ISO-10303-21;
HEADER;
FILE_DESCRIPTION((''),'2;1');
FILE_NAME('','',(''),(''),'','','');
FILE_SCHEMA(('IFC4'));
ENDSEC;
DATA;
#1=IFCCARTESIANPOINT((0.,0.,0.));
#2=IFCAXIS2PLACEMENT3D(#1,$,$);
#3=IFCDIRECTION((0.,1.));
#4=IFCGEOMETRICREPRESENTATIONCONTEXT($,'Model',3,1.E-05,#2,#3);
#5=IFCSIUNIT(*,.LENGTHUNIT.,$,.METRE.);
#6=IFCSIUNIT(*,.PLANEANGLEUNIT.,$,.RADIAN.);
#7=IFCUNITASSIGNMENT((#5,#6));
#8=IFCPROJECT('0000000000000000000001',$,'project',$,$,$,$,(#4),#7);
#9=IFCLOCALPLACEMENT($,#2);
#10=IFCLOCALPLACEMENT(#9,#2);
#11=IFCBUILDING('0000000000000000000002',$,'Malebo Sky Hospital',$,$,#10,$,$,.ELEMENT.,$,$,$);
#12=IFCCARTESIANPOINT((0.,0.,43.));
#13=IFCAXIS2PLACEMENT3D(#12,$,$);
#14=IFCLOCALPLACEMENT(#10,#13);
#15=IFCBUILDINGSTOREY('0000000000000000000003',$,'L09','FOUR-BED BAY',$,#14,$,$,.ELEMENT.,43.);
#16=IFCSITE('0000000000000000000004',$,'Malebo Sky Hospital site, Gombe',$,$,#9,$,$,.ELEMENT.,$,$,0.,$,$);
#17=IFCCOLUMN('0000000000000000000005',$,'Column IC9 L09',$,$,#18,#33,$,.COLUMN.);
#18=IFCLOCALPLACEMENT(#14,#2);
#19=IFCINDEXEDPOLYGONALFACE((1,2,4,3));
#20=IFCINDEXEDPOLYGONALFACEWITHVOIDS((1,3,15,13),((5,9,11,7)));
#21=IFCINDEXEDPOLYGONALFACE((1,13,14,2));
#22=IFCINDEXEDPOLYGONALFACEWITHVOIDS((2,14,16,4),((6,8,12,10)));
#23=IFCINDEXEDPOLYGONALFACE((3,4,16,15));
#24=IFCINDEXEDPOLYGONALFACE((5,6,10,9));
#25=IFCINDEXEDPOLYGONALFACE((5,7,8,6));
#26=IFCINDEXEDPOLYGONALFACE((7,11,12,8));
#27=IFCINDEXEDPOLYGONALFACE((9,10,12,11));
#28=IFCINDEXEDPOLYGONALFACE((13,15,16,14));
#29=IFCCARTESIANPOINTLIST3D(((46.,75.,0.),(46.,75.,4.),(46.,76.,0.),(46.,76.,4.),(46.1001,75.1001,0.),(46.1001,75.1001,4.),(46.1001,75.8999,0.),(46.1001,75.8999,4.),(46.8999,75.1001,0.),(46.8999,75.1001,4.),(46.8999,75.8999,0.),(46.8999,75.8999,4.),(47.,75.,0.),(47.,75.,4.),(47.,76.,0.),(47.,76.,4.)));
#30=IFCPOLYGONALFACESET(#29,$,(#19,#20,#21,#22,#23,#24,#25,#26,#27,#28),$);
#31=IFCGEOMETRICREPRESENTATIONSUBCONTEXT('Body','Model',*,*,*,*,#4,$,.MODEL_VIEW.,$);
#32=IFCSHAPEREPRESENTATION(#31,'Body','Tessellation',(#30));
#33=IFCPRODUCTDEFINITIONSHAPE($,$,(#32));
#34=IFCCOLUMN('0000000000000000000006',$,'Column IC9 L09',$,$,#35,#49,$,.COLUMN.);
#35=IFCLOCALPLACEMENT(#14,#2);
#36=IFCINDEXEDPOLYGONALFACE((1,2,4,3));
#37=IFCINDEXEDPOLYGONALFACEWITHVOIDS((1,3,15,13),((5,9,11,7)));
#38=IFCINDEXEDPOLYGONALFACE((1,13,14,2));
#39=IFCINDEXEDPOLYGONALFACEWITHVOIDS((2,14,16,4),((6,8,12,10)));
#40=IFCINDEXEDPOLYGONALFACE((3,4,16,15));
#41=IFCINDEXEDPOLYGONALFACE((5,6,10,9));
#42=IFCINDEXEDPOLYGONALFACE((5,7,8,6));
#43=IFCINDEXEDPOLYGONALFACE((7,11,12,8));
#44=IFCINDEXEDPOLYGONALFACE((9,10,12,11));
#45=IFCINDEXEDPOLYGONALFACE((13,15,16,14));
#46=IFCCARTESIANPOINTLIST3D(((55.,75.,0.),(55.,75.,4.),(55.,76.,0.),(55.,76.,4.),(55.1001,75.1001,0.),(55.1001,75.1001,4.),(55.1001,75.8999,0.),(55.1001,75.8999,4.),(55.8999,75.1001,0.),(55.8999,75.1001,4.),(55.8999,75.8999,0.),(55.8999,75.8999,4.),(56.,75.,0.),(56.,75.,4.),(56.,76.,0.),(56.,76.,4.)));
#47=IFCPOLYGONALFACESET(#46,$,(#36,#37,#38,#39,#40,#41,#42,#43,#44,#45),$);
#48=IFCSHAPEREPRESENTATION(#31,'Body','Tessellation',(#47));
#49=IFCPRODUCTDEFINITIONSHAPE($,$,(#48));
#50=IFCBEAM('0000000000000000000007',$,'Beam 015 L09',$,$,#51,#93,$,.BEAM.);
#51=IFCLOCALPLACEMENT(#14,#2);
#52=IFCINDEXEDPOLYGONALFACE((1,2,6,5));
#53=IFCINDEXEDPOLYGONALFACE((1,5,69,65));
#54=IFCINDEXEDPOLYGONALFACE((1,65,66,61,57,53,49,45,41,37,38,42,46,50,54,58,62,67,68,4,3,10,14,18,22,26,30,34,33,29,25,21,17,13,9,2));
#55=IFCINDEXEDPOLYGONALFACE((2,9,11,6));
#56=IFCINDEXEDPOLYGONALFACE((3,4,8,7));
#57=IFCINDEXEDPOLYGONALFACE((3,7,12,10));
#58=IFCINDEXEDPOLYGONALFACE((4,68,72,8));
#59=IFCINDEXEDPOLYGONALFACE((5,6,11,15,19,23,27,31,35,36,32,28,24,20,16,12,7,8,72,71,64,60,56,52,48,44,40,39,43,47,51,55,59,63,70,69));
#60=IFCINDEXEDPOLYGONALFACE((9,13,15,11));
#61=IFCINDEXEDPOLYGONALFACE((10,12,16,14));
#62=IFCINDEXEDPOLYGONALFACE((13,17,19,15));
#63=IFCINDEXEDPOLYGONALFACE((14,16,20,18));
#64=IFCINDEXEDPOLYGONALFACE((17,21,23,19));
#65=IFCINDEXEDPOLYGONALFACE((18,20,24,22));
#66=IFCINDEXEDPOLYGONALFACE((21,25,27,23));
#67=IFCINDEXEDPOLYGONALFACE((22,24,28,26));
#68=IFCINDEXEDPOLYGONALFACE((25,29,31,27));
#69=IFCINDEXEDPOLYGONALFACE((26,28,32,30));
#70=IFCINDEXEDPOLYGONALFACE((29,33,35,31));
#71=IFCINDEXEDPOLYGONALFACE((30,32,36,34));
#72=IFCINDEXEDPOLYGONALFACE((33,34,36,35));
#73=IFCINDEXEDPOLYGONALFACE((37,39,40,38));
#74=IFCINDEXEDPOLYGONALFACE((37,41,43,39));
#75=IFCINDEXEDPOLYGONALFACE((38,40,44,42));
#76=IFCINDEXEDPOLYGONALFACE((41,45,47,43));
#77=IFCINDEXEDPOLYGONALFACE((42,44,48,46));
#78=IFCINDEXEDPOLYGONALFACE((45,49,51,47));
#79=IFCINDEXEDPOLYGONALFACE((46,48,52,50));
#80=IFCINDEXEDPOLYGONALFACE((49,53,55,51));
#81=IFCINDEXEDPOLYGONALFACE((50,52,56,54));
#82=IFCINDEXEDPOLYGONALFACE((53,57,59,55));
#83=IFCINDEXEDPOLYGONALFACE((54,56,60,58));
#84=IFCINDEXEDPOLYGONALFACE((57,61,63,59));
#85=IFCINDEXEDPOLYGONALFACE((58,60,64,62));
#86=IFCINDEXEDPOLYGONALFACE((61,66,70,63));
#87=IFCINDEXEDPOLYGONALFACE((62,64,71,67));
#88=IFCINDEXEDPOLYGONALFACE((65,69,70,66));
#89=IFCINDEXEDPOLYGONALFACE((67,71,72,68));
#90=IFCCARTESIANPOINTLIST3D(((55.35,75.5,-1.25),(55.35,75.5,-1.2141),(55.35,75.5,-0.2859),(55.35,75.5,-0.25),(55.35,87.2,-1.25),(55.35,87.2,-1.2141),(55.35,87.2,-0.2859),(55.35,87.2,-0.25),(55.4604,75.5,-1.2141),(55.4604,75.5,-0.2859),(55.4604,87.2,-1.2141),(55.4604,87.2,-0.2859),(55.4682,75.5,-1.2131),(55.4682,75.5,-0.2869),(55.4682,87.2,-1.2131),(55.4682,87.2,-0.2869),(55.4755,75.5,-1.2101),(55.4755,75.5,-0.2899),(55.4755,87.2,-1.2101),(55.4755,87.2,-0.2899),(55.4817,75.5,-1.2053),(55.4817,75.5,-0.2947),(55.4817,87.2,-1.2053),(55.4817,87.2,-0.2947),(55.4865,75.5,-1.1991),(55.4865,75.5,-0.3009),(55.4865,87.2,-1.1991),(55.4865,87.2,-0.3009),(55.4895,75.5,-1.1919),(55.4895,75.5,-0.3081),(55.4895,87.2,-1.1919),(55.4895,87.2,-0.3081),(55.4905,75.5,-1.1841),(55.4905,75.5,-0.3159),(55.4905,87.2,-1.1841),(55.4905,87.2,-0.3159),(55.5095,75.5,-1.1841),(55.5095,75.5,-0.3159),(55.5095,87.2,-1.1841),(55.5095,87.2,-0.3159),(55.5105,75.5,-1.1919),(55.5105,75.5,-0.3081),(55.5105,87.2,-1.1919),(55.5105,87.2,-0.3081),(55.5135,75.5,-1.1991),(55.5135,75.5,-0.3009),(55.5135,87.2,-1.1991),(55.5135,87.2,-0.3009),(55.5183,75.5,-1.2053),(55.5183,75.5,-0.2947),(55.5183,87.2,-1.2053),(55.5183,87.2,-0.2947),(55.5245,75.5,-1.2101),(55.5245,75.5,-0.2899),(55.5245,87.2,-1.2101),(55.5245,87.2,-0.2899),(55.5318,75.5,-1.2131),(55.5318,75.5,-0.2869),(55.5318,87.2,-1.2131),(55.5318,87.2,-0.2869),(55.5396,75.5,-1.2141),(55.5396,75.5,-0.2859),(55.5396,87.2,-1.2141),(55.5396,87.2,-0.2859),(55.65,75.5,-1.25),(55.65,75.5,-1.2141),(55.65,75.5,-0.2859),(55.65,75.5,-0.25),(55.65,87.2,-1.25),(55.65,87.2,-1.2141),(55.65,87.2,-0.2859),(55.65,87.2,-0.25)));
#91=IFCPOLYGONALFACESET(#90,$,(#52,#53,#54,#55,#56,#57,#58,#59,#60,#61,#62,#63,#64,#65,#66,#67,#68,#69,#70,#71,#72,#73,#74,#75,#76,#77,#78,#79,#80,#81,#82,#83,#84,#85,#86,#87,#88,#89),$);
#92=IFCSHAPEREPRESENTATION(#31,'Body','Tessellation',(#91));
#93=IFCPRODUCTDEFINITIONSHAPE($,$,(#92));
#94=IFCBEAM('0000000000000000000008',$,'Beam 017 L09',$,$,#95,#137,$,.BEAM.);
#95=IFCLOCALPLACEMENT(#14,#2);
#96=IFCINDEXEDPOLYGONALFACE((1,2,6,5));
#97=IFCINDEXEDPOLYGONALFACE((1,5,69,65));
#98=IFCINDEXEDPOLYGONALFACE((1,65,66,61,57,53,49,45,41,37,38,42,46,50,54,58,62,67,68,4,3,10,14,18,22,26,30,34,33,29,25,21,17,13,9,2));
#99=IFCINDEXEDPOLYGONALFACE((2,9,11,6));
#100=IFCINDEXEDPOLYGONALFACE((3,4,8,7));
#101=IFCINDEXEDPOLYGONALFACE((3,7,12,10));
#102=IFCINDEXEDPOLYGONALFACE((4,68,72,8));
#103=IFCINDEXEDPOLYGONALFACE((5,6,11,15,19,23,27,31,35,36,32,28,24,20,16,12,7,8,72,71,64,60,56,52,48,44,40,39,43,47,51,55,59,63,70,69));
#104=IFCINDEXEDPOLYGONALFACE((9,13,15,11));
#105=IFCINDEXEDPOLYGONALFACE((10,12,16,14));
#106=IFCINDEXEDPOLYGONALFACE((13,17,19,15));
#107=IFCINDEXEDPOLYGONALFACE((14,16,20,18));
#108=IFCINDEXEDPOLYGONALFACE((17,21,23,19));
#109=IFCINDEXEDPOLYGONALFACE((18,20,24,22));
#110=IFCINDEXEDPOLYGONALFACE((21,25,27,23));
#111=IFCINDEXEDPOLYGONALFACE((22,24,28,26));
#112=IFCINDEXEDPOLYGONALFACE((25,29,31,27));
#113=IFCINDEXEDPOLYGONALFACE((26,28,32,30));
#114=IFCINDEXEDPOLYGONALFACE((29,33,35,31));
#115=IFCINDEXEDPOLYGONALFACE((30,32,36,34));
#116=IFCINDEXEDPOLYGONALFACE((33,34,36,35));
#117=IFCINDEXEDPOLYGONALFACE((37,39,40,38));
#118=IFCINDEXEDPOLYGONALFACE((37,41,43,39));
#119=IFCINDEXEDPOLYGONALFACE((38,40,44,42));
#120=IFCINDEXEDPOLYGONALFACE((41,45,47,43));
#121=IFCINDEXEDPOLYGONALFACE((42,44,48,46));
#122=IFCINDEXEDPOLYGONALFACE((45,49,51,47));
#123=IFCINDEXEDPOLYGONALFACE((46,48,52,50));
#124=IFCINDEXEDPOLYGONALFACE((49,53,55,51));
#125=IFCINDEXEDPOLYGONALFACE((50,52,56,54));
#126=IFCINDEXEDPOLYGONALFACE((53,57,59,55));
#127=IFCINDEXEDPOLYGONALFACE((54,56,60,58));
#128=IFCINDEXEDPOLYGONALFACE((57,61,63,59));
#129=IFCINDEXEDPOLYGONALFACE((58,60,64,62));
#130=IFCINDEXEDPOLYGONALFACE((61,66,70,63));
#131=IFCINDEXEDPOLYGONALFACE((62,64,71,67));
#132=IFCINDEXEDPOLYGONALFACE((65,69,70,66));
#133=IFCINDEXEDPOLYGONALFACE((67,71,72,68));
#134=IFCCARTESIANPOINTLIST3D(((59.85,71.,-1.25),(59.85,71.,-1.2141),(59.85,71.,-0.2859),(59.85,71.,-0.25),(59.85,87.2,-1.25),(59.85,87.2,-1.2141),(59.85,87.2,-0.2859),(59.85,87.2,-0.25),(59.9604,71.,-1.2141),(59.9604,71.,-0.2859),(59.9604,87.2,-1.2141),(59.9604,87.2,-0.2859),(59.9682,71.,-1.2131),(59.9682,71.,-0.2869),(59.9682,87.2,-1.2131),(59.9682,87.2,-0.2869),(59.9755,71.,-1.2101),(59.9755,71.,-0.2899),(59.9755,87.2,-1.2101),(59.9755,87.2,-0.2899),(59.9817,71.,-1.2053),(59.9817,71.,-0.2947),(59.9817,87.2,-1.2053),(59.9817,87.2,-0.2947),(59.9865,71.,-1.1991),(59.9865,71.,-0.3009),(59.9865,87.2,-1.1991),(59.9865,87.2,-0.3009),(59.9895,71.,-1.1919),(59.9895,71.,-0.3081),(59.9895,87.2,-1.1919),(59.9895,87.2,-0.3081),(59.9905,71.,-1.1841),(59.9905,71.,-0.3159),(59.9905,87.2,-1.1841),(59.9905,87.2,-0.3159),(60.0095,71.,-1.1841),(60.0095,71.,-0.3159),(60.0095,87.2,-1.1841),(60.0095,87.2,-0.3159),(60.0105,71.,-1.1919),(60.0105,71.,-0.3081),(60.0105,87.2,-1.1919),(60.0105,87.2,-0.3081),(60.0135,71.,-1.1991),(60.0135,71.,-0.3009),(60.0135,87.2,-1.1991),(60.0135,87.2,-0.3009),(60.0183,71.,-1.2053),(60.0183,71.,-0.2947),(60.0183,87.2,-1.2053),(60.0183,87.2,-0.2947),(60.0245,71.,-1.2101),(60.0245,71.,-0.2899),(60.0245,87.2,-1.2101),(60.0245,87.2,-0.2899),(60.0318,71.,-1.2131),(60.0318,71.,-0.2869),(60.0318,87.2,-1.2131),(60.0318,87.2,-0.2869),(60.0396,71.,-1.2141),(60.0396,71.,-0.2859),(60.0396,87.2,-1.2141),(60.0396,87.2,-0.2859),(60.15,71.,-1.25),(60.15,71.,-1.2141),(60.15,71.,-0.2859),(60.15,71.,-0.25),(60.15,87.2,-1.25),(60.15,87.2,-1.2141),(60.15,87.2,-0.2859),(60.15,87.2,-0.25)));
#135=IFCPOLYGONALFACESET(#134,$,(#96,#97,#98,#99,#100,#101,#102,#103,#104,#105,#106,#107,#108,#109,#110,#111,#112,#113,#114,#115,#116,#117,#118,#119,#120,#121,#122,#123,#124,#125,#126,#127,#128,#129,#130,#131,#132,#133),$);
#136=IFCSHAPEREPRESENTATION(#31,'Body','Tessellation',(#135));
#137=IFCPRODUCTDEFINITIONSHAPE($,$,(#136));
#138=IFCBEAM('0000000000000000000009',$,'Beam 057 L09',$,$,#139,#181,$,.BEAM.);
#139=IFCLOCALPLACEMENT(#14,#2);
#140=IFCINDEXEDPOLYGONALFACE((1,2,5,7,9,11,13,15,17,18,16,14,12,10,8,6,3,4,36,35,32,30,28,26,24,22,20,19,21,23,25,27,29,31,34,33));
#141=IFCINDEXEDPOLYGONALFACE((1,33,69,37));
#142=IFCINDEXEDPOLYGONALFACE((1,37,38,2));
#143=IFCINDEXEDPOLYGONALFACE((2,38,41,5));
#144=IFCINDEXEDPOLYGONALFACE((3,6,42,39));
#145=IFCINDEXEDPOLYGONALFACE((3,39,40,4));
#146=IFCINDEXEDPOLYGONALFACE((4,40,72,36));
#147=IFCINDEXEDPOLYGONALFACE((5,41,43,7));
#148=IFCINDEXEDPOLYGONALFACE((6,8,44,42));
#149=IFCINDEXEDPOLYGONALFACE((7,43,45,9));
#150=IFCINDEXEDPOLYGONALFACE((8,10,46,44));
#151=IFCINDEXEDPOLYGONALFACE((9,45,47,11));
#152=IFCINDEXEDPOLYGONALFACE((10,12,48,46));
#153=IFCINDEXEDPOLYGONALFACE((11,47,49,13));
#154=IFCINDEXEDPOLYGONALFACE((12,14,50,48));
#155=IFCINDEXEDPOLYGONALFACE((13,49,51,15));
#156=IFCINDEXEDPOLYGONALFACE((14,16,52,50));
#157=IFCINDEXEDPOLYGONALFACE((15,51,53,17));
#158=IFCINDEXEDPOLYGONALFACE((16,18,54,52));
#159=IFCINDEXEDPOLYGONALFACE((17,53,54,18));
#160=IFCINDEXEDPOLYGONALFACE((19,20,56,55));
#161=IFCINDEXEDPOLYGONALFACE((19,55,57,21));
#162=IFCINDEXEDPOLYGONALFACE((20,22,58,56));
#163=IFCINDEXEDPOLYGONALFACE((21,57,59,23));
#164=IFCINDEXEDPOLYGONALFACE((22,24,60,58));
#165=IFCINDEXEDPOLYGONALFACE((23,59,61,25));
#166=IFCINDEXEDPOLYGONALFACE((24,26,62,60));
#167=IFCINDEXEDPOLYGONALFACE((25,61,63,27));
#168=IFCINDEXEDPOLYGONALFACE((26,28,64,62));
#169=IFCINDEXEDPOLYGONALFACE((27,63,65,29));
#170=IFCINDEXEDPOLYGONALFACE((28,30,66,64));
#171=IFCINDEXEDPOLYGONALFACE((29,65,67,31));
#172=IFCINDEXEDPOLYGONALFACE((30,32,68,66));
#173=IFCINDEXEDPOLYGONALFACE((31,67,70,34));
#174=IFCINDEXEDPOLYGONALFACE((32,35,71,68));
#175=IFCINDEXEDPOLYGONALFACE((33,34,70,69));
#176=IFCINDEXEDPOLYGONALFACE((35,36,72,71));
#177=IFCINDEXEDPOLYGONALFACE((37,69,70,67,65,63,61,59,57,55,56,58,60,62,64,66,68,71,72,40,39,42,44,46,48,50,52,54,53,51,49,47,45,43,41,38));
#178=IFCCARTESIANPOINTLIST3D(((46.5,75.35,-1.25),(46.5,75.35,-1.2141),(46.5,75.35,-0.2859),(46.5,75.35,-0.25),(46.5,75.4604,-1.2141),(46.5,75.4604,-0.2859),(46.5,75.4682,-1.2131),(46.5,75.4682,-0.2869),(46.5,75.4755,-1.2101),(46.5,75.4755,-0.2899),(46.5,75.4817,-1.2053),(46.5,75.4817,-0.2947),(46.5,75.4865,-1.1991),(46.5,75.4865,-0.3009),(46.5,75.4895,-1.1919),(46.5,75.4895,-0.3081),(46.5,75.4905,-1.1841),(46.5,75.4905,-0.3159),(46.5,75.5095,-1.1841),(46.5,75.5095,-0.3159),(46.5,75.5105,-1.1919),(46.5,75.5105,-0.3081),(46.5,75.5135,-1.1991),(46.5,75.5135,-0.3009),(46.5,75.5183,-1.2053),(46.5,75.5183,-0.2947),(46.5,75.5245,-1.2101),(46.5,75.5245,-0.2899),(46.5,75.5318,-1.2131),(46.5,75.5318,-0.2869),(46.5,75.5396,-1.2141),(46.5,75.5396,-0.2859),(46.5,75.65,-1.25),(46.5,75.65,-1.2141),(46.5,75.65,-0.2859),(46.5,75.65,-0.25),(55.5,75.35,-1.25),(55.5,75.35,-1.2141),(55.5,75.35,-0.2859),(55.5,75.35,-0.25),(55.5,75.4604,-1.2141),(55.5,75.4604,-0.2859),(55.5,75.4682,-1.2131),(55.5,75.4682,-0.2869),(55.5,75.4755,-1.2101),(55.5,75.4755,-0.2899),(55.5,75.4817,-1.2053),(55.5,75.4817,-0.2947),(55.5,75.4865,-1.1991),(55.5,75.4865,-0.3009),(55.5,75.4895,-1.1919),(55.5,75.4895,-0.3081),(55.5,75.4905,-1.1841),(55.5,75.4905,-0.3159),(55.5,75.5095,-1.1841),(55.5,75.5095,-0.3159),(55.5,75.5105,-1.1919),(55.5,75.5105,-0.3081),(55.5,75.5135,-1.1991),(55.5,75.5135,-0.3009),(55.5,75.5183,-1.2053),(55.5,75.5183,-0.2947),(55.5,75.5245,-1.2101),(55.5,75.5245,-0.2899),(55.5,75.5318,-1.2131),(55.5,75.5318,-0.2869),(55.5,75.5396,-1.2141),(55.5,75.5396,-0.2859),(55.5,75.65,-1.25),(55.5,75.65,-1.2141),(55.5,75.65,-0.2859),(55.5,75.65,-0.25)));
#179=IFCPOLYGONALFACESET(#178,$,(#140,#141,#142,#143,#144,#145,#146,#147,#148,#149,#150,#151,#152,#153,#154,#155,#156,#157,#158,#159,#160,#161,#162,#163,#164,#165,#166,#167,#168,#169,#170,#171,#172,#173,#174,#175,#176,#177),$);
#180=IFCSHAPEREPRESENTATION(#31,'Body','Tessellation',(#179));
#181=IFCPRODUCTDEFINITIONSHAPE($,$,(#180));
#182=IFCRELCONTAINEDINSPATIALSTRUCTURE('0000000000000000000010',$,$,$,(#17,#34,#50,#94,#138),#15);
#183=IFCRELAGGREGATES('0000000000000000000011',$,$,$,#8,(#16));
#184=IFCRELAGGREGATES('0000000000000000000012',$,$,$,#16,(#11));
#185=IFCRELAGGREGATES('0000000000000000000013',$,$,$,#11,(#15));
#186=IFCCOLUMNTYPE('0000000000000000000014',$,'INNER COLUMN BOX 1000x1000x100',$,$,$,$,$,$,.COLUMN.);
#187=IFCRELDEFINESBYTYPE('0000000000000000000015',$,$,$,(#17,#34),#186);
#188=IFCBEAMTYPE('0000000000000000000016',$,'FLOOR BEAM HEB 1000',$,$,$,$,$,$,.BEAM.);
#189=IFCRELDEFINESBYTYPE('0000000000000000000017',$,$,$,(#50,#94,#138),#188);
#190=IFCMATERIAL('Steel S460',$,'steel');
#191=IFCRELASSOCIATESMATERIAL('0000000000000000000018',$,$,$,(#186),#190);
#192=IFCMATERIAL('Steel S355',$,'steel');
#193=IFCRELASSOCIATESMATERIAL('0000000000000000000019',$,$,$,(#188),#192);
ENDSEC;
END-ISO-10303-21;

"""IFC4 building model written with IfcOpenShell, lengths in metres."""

from ifc_helpers import new_model, si_unit, direction, frame, origin, origin_2d, place, context, subcontext, project, spatial, hollow_rectangle, i_section, extrude, material, material_profile, profile_set, type_object, element, save


model = new_model("IFC4")

# Units and contexts
model_context = context("Model", 3, precision=1e-05, world=origin(), true_north=direction((0.0, 1.0)))
body_context = subcontext(model_context, "Body", "Model", "MODEL_VIEW")
ifc_project = project(units=[si_unit("LENGTHUNIT", "METRE"), si_unit("PLANEANGLEUNIT", "RADIAN")], contexts=[model_context])

# Site, building, storey
site_placement = place(None, origin())
site = spatial("IfcSite", under=ifc_project, at=site_placement, Name="Malebo Sky Hospital site, Gombe", CompositionType="ELEMENT", RefElevation=0.0)
building_placement = place(site_placement, origin())
building = spatial("IfcBuilding", under=site, at=building_placement, Name="Malebo Sky Hospital", CompositionType="ELEMENT")
storey_placement = place(building_placement, frame((0.0, 0.0, 43.0)))
storey = spatial("IfcBuildingStorey", under=building, at=storey_placement, Name="L09", Description="FOUR-BED BAY", CompositionType="ELEMENT", Elevation=43.0)

# Columns
ifc_material_1 = material(Name="Steel S460", Category="steel")
ifc_material_profile_1 = material_profile(ifc_material_1, hollow_rectangle(XDim=1.0, YDim=1.0, WallThickness=0.1001, at=origin_2d()), Name="BOX 1000x1000x100")
ifc_profile_set_1 = profile_set([ifc_material_profile_1], Name="Steel S460")
column_type = type_object("IfcColumnType", Name="INNER COLUMN BOX 1000x1000x100", PredefinedType="COLUMN", material=ifc_profile_set_1)
for number, where, z_axis, x_axis, name in (
    (1, (46.5, 75.5, 0.0), (0.0, 0.0, 1.0), (1.0, 0.0, 0.0), "Column IC9 L09"),
    (2, (55.5, 75.5, 0.0), (0.0, 0.0, 1.0), (1.0, 0.0, 0.0), "Column IC9 L09"),
):
    element("IfcColumn", number, at=place(storey_placement, frame(where, z_axis=z_axis, x_axis=x_axis)), inside=storey, type_object=column_type, Name=name, PredefinedType="COLUMN", context=body_context, shape_type="SweptSolid", body=[
        extrude(hollow_rectangle(XDim=1.0, YDim=1.0, WallThickness=0.1001, at=origin_2d()), origin(), (0.0, 0.0, 1.0), 4.0),
    ])

# Beams
ifc_material_2 = material(Name="Steel S355", Category="steel")
ifc_material_profile_2 = material_profile(ifc_material_2, i_section(OverallWidth=0.3, OverallDepth=1.0, WebThickness=0.019, FlangeThickness=0.0359, FilletRadius=0.03, at=origin_2d()), Name="HEB 1000")
ifc_profile_set_2 = profile_set([ifc_material_profile_2], Name="Steel S355")
beam_type_1 = type_object("IfcBeamType", Name="FLOOR BEAM HEB 1000", PredefinedType="BEAM", material=ifc_profile_set_2)
beam_1_placement = place(storey_placement, frame((55.5, 75.5, -0.75), z_axis=(0.0, 1.0, 0.0), x_axis=(-1.0, 0.0, 0.0)))
element("IfcBeam", 3, at=beam_1_placement, inside=storey, type_object=beam_type_1, Name="Beam 015 L09", PredefinedType="BEAM", context=body_context, shape_type="SweptSolid", body=[
    extrude(i_section(OverallWidth=0.3, OverallDepth=1.0, WebThickness=0.019, FlangeThickness=0.0359, FilletRadius=0.03, at=origin_2d()), origin(), (0.0, 0.0, 1.0), 11.7),
])
beam_2_placement = place(storey_placement, frame((60.0, 71.0, -0.75), z_axis=(0.0, 1.0, 0.0), x_axis=(-1.0, 0.0, 0.0)))
element("IfcBeam", 4, at=beam_2_placement, inside=storey, type_object=beam_type_1, Name="Beam 017 L09", PredefinedType="BEAM", context=body_context, shape_type="SweptSolid", body=[
    extrude(i_section(OverallWidth=0.3, OverallDepth=1.0, WebThickness=0.019, FlangeThickness=0.0359, FilletRadius=0.03, at=origin_2d()), origin(), (0.0, 0.0, 1.0), 16.2),
])
beam_3_placement = place(storey_placement, frame((46.5, 75.5, -0.75), z_axis=(1.0, 0.0, 0.0), x_axis=(0.0, 1.0, 0.0)))
element("IfcBeam", 5, at=beam_3_placement, inside=storey, type_object=beam_type_1, Name="Beam 057 L09", PredefinedType="BEAM", context=body_context, shape_type="SweptSolid", body=[
    extrude(i_section(OverallWidth=0.3, OverallDepth=1.0, WebThickness=0.019, FlangeThickness=0.0359, FilletRadius=0.03, at=origin_2d()), origin(), (0.0, 0.0, 1.0), 9.0),
])

save(model, "model.ifc")
